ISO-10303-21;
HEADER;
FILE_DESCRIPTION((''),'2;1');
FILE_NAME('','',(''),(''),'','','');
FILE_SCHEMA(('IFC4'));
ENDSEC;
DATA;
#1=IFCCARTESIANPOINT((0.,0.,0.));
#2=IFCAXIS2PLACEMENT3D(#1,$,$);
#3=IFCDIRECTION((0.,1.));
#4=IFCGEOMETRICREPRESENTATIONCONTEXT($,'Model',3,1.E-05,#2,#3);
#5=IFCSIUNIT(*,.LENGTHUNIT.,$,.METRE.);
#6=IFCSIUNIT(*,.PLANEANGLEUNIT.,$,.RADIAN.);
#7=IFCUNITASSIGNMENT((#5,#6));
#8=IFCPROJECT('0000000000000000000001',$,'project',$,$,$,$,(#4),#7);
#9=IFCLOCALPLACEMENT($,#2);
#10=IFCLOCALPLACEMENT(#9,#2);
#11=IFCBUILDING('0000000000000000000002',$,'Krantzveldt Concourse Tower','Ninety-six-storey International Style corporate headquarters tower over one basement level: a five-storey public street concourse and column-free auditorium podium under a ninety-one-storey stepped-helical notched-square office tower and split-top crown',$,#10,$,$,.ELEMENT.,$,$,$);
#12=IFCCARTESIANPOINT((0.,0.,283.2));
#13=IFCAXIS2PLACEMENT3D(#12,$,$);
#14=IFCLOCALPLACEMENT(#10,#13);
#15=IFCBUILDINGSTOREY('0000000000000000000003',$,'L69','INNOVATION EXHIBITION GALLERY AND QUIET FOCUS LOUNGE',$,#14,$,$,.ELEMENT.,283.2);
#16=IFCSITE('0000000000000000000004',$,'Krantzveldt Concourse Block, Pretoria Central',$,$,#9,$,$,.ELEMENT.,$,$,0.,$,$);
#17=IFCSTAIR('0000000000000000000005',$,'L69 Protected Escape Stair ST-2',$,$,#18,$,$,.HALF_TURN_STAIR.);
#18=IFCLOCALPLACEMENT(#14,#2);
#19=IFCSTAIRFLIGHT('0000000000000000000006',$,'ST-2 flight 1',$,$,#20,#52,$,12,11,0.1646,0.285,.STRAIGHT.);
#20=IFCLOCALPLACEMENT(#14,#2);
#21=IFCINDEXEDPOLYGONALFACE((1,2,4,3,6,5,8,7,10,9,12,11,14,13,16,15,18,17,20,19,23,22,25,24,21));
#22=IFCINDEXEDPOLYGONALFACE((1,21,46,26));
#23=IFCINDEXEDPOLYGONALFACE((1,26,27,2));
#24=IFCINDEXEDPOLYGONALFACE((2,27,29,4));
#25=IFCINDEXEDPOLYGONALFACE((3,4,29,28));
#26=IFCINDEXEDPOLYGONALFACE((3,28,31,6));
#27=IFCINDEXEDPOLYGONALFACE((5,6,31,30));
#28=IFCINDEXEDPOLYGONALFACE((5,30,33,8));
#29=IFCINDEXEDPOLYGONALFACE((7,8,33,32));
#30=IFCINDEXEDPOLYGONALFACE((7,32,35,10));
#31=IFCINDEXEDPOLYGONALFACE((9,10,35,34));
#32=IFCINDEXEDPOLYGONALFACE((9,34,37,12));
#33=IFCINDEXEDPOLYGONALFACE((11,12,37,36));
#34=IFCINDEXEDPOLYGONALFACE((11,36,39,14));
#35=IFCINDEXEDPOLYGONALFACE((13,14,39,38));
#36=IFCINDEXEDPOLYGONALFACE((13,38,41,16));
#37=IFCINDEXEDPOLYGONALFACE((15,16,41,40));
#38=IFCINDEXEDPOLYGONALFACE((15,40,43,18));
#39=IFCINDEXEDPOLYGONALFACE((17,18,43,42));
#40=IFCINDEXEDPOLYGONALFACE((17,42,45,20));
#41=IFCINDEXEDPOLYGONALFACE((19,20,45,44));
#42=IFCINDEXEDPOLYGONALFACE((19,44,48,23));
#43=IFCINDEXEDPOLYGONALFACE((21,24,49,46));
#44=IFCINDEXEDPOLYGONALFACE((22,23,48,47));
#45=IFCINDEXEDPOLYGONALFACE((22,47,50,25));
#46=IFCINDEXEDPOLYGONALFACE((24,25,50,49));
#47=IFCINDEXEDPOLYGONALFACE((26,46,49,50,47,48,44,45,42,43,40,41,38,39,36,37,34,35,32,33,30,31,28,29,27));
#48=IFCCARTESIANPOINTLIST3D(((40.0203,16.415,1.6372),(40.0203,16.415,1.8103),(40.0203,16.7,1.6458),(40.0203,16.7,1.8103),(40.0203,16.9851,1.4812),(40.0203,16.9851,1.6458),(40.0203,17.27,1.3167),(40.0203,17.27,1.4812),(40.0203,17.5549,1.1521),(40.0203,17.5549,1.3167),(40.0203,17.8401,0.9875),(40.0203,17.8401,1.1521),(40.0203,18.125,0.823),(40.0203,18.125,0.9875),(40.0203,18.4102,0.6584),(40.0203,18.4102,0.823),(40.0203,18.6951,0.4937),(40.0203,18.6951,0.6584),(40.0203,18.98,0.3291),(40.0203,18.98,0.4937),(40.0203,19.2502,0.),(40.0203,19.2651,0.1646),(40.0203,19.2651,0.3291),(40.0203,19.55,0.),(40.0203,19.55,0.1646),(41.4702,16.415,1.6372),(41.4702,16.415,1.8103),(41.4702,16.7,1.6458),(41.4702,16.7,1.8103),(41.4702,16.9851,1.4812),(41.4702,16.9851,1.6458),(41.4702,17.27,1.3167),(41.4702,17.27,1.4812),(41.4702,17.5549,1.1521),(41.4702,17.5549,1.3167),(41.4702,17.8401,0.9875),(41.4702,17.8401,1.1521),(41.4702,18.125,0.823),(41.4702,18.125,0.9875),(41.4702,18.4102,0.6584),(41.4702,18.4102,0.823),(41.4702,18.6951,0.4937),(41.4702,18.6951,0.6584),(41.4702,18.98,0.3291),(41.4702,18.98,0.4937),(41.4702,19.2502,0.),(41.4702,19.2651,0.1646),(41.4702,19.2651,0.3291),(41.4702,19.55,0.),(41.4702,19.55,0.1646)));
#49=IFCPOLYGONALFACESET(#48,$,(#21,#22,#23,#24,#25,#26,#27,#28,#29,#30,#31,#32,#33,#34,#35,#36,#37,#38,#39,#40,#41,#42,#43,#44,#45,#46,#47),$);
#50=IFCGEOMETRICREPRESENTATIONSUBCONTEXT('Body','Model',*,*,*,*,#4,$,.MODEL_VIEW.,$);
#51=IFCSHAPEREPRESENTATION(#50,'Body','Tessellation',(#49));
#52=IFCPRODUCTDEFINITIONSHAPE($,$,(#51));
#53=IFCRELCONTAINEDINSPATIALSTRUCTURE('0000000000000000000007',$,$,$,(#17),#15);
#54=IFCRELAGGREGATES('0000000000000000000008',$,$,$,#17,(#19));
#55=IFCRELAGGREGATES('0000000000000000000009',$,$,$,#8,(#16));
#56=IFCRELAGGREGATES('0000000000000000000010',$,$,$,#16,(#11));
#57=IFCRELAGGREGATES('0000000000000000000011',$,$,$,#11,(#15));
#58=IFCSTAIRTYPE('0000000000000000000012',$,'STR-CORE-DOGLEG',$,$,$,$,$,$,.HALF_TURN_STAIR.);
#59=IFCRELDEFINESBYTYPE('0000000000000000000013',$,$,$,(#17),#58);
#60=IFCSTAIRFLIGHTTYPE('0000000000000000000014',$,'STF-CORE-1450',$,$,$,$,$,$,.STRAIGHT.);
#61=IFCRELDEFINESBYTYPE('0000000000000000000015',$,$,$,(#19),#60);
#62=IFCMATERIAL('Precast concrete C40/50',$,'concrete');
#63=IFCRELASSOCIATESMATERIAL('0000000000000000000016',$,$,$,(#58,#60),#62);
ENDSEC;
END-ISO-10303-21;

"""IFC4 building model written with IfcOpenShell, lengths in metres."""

from ifc_helpers import new_model, si_unit, direction, frame, origin, place, context, subcontext, project, spatial, polyline, outline, extrude, material, type_object, element, aggregate, save


model = new_model("IFC4")

# Units and contexts
model_context = context("Model", 3, precision=1e-05, world=origin(), true_north=direction((0.0, 1.0)))
body_context = subcontext(model_context, "Body", "Model", "MODEL_VIEW")
ifc_project = project(units=[si_unit("LENGTHUNIT", "METRE"), si_unit("PLANEANGLEUNIT", "RADIAN")], contexts=[model_context])

# Site, building, storey
site_placement = place(None, origin())
site = spatial("IfcSite", under=ifc_project, at=site_placement, Name="Krantzveldt Concourse Block, Pretoria Central", CompositionType="ELEMENT", RefElevation=0.0)
building_placement = place(site_placement, origin())
building = spatial("IfcBuilding", under=site, at=building_placement, Name="Krantzveldt Concourse Tower", Description="Ninety-six-storey International Style corporate headquarters tower over one basement level: a five-storey public street concourse and column-free auditorium podium under a ninety-one-storey stepped-helical notched-square office tower and split-top crown", CompositionType="ELEMENT")
storey_placement = place(building_placement, frame((0.0, 0.0, 283.2)))
storey = spatial("IfcBuildingStorey", under=building, at=storey_placement, Name="L69", Description="INNOVATION EXHIBITION GALLERY AND QUIET FOCUS LOUNGE", CompositionType="ELEMENT", Elevation=283.2)

# Stair, stair flight
ifc_material_1 = material(Name="Precast concrete C40/50", Category="concrete")
stair_type = type_object("IfcStairType", Name="STR-CORE-DOGLEG", PredefinedType="HALF_TURN_STAIR", material=ifc_material_1)
stair_placement = place(storey_placement, origin())
stair = element("IfcStair", 1, at=stair_placement, inside=storey, type_object=stair_type, Name="L69 Protected Escape Stair ST-2", PredefinedType="HALF_TURN_STAIR")
stair_flight_type = type_object("IfcStairFlightType", Name="STF-CORE-1450", PredefinedType="STRAIGHT", material=ifc_material_1)
stair_flight_placement = place(storey_placement, frame((40.7451, 19.55, 0.0), z_axis=(0.0, 0.0, 1.0), x_axis=(0.0, -1.0, 0.0)))
stair_flight = element("IfcStairFlight", 2, at=stair_flight_placement, type_object=stair_flight_type, Name="ST-2 flight 1", NumberOfRisers=12, NumberOfTreads=11, PredefinedType="STRAIGHT", RiserHeight=0.1646, TreadLength=0.285, context=body_context, shape_type="SweptSolid", body=[
    extrude(outline(polyline([(0.0, 0.0), (0.0, 0.1646), (0.2849, 0.1646), (0.2849, 0.3291), (0.5701, 0.3291), (0.5701, 0.4937), (0.855, 0.4937), (0.855, 0.6584), (1.1399, 0.6584), (1.1399, 0.823), (1.425, 0.823), (1.425, 0.9875), (1.71, 0.9875), (1.71, 1.1521), (1.9951, 1.1521), (1.9951, 1.3167), (2.28, 1.3167), (2.28, 1.4812), (2.5649, 1.4812), (2.5649, 1.6458), (2.8501, 1.6458), (2.8501, 1.8103), (3.135, 1.8103), (3.135, 1.9751), (3.135, 1.6372), (0.2998, 0.0), (0.0, 0.0)])), frame((0.0, 0.7251, 0.0), z_axis=(0.0, -1.0, 0.0), x_axis=(1.0, 0.0, 0.0)), (0.0, 0.0, 1.0), 1.45),
])
aggregate(stair, [stair_flight])

save(model, "model.ifc")
